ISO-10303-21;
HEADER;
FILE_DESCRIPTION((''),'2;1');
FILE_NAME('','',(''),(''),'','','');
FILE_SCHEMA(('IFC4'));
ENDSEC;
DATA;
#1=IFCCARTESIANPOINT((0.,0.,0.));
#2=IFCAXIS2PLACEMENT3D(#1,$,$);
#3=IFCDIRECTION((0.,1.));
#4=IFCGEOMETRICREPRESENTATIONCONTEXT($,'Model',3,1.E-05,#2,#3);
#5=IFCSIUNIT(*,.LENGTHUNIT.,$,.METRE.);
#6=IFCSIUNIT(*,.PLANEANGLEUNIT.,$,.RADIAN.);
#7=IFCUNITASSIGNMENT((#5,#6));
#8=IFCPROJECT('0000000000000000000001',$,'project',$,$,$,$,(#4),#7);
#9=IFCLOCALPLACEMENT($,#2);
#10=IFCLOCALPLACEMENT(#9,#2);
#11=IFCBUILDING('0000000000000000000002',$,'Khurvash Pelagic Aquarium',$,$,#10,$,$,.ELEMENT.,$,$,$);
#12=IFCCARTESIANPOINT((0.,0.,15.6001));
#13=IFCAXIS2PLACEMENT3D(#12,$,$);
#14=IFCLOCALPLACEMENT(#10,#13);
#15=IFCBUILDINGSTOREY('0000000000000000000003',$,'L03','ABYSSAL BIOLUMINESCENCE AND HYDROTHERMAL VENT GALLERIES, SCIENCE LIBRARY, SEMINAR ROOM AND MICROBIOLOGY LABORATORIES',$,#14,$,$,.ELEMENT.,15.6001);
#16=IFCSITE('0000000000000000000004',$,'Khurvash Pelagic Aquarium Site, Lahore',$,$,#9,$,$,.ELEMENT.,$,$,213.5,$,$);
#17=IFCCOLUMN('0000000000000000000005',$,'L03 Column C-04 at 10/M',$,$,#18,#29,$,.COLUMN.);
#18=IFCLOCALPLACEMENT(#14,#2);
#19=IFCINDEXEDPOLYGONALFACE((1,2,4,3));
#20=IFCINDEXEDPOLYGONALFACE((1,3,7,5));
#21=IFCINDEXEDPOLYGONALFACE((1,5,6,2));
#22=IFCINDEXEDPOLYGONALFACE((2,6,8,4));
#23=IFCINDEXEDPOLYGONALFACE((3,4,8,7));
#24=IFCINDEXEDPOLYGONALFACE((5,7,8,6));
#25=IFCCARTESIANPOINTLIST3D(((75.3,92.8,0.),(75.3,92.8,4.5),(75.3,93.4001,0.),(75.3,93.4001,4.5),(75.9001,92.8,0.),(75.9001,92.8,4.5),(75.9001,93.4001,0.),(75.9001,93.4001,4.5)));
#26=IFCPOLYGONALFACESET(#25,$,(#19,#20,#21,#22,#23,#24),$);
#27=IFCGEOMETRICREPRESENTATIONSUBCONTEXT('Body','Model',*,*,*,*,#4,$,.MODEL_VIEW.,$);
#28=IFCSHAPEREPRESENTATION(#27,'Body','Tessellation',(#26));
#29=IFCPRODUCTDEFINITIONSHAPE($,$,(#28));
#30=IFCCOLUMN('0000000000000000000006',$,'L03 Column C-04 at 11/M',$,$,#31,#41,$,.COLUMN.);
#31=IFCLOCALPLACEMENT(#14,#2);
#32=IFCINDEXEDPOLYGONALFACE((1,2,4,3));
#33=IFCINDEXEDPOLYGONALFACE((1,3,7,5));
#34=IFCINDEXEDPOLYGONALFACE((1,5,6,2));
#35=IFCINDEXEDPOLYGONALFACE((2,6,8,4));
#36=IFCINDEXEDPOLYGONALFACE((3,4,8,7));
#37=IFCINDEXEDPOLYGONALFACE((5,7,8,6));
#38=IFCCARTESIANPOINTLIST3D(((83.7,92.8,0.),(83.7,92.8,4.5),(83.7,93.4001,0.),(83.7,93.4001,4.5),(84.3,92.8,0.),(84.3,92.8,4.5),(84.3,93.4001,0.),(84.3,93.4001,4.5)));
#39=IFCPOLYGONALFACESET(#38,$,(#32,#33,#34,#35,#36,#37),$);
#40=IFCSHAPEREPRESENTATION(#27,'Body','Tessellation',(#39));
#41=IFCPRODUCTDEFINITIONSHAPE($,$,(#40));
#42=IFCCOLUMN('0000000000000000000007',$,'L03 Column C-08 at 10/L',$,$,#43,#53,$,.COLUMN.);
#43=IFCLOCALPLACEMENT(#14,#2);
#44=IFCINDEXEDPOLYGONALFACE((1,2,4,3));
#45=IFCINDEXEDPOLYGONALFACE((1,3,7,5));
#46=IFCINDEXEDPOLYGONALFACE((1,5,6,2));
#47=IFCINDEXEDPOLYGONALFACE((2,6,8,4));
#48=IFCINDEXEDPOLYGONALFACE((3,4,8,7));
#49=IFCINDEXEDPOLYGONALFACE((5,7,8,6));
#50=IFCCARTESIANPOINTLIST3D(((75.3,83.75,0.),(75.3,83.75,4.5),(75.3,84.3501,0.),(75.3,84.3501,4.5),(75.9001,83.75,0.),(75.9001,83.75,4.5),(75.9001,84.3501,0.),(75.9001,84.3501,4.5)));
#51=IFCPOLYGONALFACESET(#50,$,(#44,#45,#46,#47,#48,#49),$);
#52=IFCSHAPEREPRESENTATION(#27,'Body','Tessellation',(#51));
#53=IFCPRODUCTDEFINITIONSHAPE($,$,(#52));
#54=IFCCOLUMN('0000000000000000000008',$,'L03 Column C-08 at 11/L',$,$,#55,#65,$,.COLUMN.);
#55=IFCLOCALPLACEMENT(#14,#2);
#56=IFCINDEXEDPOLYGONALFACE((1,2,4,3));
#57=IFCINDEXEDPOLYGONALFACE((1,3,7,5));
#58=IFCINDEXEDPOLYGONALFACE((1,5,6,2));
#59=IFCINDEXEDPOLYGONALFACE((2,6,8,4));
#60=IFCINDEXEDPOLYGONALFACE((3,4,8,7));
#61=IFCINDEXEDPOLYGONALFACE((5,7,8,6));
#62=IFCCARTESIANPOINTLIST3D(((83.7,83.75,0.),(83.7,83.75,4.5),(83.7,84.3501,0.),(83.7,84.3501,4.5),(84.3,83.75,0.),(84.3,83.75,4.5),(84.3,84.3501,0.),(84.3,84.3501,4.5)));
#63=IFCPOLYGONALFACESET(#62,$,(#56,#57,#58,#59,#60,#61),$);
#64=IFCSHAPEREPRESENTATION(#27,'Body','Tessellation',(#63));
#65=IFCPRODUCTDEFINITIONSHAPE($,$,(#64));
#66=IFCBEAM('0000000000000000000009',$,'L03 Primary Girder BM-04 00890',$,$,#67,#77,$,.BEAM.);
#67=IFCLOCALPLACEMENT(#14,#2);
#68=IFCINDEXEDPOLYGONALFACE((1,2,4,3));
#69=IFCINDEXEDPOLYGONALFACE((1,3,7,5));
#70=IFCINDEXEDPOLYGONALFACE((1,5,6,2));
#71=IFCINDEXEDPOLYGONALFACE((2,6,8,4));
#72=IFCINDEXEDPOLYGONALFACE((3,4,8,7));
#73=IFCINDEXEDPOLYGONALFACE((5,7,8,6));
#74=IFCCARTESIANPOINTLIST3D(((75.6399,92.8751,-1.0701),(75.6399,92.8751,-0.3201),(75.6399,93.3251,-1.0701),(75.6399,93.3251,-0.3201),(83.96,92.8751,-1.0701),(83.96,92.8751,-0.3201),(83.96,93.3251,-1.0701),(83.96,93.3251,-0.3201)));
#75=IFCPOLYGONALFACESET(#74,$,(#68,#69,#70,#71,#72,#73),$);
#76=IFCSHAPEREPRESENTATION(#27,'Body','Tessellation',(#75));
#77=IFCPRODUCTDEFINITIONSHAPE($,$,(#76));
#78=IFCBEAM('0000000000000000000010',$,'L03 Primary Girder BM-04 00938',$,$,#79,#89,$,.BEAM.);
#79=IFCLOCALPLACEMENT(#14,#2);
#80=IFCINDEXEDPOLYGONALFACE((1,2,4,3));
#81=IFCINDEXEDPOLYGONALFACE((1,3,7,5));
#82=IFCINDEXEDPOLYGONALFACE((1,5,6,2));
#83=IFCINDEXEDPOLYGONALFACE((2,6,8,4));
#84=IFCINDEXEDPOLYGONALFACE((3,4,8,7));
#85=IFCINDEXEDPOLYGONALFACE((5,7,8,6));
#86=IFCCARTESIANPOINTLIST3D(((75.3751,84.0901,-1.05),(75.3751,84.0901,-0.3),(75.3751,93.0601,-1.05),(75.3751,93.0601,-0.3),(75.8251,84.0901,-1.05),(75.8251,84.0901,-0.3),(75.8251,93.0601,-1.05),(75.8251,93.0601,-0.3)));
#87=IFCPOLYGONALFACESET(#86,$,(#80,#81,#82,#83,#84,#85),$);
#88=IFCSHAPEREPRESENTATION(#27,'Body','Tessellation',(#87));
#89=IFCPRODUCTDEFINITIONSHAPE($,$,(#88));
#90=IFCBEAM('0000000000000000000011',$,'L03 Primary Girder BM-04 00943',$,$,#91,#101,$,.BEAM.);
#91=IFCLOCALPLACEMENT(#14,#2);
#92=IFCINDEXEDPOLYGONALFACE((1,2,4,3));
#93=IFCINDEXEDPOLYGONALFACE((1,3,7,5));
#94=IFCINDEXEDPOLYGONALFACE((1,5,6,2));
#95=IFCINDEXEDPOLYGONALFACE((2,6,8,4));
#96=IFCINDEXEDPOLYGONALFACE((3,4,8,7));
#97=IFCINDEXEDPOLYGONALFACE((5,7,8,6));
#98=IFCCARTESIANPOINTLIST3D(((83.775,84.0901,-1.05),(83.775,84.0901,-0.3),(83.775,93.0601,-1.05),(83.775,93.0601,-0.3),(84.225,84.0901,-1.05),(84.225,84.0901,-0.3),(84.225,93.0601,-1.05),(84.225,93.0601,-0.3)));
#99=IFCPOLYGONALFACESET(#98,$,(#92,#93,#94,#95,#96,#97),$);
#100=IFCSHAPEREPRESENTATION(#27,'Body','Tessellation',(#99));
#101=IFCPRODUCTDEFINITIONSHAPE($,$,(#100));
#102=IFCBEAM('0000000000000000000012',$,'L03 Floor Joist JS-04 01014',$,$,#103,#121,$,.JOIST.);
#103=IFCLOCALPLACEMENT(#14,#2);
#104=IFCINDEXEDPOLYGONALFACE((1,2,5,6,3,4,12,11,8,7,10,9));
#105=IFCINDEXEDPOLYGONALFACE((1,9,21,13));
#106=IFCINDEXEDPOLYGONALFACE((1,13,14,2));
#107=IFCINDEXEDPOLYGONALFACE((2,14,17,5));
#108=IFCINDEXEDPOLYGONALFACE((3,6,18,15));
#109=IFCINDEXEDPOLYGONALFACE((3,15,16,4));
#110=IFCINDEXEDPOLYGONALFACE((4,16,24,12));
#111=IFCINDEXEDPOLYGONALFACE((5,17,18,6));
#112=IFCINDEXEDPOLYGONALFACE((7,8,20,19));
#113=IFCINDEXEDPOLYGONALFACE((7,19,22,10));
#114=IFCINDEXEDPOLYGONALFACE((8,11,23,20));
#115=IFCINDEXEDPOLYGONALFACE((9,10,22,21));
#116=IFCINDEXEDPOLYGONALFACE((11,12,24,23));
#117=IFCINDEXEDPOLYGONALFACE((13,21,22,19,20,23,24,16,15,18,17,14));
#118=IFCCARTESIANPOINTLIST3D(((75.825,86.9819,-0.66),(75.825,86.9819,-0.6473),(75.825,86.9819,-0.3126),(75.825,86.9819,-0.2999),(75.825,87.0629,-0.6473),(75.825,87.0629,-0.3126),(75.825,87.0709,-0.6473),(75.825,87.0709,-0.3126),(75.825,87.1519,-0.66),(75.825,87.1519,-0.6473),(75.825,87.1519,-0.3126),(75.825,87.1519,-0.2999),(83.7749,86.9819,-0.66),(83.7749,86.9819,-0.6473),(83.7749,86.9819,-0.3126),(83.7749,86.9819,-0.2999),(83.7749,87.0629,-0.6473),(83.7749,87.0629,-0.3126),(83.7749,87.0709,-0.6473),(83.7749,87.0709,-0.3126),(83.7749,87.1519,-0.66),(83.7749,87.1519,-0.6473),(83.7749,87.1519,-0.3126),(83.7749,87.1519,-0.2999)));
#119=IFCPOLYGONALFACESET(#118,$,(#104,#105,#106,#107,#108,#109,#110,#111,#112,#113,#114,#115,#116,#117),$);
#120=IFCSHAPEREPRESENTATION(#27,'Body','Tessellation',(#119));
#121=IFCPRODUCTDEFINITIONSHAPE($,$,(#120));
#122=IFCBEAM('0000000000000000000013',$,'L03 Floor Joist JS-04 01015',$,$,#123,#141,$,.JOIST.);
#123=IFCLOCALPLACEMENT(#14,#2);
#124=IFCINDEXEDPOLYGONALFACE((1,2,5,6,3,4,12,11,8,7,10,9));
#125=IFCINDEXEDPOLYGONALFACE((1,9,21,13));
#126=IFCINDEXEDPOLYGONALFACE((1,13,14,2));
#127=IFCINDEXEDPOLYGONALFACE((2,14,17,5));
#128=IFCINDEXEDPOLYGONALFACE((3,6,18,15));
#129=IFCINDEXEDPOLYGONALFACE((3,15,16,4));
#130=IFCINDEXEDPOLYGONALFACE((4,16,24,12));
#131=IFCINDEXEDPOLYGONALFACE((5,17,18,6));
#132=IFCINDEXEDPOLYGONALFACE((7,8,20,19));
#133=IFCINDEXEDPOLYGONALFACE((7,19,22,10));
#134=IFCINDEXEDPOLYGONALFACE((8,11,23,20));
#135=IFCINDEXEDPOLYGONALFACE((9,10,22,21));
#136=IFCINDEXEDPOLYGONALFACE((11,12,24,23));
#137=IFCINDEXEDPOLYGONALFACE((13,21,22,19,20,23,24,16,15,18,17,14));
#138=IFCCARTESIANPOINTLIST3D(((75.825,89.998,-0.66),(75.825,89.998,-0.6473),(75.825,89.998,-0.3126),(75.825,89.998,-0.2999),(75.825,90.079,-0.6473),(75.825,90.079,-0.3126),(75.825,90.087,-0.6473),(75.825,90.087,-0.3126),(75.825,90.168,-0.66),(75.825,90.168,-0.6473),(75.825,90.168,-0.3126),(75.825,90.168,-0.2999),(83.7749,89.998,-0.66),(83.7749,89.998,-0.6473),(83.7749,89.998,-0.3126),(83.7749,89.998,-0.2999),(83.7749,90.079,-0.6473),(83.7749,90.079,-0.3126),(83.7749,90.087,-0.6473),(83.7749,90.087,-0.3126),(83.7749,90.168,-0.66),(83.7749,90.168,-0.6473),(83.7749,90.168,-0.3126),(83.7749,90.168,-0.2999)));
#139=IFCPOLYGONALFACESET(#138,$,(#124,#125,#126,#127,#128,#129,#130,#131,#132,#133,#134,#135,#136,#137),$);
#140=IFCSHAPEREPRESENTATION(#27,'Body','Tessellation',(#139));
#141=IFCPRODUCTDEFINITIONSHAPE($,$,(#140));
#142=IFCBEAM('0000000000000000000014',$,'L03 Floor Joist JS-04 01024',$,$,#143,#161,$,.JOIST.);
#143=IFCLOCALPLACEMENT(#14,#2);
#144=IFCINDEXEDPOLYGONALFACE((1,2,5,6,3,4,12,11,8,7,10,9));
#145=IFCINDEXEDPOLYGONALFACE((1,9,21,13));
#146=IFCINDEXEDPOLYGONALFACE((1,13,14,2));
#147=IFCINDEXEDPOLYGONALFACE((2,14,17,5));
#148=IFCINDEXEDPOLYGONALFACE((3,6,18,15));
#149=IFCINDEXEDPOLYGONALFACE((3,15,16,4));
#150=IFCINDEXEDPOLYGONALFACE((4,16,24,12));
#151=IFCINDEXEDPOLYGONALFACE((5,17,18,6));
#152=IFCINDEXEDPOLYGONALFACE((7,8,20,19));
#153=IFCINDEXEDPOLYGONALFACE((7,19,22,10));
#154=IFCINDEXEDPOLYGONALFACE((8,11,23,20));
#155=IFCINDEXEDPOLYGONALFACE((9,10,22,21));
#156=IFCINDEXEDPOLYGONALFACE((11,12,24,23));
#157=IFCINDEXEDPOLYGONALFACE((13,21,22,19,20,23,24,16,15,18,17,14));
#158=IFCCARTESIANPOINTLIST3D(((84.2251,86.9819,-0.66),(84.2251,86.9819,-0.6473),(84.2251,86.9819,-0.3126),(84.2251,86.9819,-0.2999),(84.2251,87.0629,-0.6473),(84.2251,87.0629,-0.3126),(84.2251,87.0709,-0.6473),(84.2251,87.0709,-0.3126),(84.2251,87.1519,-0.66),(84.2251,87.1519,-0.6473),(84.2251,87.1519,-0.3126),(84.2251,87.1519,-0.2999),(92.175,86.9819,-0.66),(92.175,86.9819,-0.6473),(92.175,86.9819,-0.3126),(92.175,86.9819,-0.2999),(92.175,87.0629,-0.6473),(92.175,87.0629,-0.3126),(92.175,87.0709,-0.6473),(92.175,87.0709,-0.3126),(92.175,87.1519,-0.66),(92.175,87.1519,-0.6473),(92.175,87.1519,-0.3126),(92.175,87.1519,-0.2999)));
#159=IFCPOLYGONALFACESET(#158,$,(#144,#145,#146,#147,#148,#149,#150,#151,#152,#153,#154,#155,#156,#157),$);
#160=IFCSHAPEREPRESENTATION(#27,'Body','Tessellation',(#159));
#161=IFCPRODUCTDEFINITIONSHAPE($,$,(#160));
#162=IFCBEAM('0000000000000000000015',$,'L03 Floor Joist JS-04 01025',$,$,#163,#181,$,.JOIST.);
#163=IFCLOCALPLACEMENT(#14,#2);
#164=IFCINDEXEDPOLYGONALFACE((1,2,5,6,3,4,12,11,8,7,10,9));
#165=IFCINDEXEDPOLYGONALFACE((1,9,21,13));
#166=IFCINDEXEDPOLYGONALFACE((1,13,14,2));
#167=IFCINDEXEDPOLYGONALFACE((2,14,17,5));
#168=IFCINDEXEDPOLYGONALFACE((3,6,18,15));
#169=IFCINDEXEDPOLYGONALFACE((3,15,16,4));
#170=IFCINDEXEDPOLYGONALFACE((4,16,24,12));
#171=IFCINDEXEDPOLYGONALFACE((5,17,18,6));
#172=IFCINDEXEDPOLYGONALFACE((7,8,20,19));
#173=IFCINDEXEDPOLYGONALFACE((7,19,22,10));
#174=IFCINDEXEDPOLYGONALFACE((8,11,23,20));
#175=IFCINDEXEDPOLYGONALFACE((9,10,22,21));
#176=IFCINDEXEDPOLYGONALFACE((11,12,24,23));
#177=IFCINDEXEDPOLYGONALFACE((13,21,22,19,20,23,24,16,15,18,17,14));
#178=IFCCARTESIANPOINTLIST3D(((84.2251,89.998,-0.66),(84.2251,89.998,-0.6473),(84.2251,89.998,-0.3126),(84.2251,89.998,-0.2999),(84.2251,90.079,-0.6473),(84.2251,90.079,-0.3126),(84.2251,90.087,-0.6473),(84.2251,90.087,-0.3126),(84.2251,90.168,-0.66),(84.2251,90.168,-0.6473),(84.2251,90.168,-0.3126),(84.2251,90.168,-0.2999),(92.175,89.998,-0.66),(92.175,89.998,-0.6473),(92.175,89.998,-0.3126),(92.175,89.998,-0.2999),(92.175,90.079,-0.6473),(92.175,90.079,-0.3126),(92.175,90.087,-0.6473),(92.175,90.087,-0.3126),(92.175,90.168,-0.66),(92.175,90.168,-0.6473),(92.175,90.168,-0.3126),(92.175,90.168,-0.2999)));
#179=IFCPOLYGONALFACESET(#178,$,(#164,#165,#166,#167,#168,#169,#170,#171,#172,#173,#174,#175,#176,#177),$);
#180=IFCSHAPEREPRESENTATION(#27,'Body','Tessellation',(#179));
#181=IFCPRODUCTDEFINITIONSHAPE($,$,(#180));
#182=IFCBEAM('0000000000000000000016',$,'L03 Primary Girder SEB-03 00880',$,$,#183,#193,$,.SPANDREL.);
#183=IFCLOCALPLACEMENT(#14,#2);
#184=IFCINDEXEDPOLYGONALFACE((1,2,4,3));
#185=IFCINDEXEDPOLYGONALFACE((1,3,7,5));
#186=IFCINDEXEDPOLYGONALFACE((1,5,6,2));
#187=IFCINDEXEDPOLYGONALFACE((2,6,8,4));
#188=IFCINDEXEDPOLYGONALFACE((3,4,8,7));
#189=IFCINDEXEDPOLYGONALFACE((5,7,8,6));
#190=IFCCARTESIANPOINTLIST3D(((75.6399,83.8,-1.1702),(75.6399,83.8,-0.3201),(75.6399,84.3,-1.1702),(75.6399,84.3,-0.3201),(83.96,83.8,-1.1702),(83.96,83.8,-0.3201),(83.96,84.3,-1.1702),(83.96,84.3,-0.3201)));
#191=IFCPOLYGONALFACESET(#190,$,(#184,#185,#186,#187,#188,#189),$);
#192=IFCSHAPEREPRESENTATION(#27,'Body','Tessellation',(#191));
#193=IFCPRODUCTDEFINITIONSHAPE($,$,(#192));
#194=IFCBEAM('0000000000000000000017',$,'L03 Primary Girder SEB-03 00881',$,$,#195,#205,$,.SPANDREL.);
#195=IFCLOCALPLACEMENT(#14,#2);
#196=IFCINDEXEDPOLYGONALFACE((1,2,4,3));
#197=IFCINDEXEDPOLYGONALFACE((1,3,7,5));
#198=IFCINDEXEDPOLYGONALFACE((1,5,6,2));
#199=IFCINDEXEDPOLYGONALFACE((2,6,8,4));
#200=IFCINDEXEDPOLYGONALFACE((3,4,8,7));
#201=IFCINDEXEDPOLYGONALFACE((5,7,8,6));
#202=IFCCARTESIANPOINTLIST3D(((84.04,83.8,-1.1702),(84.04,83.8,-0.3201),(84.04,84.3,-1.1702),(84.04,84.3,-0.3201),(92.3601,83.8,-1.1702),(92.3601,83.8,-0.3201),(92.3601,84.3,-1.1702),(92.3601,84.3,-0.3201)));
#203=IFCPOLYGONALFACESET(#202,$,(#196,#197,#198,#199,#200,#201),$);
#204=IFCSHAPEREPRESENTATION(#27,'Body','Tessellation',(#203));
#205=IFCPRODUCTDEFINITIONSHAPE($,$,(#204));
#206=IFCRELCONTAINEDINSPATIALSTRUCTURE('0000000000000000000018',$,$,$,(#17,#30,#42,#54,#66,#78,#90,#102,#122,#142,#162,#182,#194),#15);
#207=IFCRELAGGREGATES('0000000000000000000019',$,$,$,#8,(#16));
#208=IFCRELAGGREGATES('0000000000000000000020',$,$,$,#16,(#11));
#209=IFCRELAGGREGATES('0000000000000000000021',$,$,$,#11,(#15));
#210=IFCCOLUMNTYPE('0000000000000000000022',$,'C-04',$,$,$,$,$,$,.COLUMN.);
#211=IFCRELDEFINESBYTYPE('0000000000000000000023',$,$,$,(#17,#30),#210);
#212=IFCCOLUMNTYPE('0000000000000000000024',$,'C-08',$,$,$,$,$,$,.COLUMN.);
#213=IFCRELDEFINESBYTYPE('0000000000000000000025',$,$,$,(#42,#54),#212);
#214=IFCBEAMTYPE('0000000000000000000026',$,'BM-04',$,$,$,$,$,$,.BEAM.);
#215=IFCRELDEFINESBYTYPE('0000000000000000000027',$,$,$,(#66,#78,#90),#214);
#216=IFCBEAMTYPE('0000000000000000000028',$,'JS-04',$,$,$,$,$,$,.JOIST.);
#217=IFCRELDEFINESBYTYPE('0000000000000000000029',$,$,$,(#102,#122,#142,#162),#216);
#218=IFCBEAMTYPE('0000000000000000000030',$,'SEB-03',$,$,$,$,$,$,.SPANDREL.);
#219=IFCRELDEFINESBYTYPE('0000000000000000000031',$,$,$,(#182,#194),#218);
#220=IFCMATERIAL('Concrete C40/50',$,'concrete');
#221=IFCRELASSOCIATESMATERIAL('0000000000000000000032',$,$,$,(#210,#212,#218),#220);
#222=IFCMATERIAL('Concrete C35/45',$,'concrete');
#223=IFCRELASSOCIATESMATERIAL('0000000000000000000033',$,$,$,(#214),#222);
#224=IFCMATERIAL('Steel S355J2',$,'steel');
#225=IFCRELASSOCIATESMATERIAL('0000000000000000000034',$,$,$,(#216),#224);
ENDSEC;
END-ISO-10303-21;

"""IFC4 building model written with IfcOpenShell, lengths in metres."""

from ifc_helpers import new_model, si_unit, direction, frame, origin, origin_2d, place, context, subcontext, project, spatial, rectangle, i_section, extrude, material, material_profile, profile_set, type_object, element, save


model = new_model("IFC4")

# Units and contexts
model_context = context("Model", 3, precision=1e-05, world=origin(), true_north=direction((0.0, 1.0)))
body_context = subcontext(model_context, "Body", "Model", "MODEL_VIEW")
ifc_project = project(units=[si_unit("LENGTHUNIT", "METRE"), si_unit("PLANEANGLEUNIT", "RADIAN")], contexts=[model_context])

# Site, building, storey
site_placement = place(None, origin())
site = spatial("IfcSite", under=ifc_project, at=site_placement, Name="Khurvash Pelagic Aquarium Site, Lahore", CompositionType="ELEMENT", RefElevation=213.5)
building_placement = place(site_placement, origin())
building = spatial("IfcBuilding", under=site, at=building_placement, Name="Khurvash Pelagic Aquarium", CompositionType="ELEMENT")
storey_placement = place(building_placement, frame((0.0, 0.0, 15.6001)))
storey = spatial("IfcBuildingStorey", under=building, at=storey_placement, Name="L03", Description="ABYSSAL BIOLUMINESCENCE AND HYDROTHERMAL VENT GALLERIES, SCIENCE LIBRARY, SEMINAR ROOM AND MICROBIOLOGY LABORATORIES", CompositionType="ELEMENT", Elevation=15.6001)

# Columns
ifc_material_1 = material(Name="Concrete C40/50", Category="concrete")
ifc_material_profile_1 = material_profile(ifc_material_1, rectangle(XDim=0.6001, YDim=0.6001, at=origin_2d()), Name="RC600X600")
ifc_profile_set_1 = profile_set([ifc_material_profile_1], Name="Concrete C40/50")
column_type_1 = type_object("IfcColumnType", Name="C-04", PredefinedType="COLUMN", material=ifc_profile_set_1)
for number, where, z_axis, x_axis, name in (
    (1, (75.6001, 93.1001, 0.0), (0.0, 0.0, 1.0), (1.0, 0.0, 0.0), "L03 Column C-04 at 10/M"),
    (2, (84.0, 93.1001, 0.0), (0.0, 0.0, 1.0), (1.0, 0.0, 0.0), "L03 Column C-04 at 11/M"),
):
    element("IfcColumn", number, at=place(storey_placement, frame(where, z_axis=z_axis, x_axis=x_axis)), inside=storey, type_object=column_type_1, Name=name, PredefinedType="COLUMN", context=body_context, shape_type="SweptSolid", body=[
        extrude(rectangle(XDim=0.6001, YDim=0.6001, at=origin_2d()), origin(), (0.0, 0.0, 1.0), 4.5),
    ])
ifc_material_profile_2 = material_profile(ifc_material_1, rectangle(XDim=0.6001, YDim=0.6001, at=origin_2d()), Name="RC600X600")
ifc_profile_set_2 = profile_set([ifc_material_profile_2], Name="Concrete C40/50")
column_type_2 = type_object("IfcColumnType", Name="C-08", PredefinedType="COLUMN", material=ifc_profile_set_2)
for number, where, z_axis, x_axis, name in (
    (3, (75.6001, 84.05, 0.0), (0.0, 0.0, 1.0), (1.0, 0.0, 0.0), "L03 Column C-08 at 10/L"),
    (4, (84.0, 84.05, 0.0), (0.0, 0.0, 1.0), (1.0, 0.0, 0.0), "L03 Column C-08 at 11/L"),
):
    element("IfcColumn", number, at=place(storey_placement, frame(where, z_axis=z_axis, x_axis=x_axis)), inside=storey, type_object=column_type_2, Name=name, PredefinedType="COLUMN", context=body_context, shape_type="SweptSolid", body=[
        extrude(rectangle(XDim=0.6001, YDim=0.6001, at=origin_2d()), origin(), (0.0, 0.0, 1.0), 4.5),
    ])

# Beams
ifc_material_2 = material(Name="Concrete C35/45", Category="concrete")
ifc_material_profile_3 = material_profile(ifc_material_2, rectangle(XDim=0.45, YDim=0.75, at=origin_2d()), Name="RC450X750")
ifc_profile_set_3 = profile_set([ifc_material_profile_3], Name="Concrete C35/45")
beam_type_1 = type_object("IfcBeamType", Name="BM-04", PredefinedType="BEAM", material=ifc_profile_set_3)
beam_placement = place(storey_placement, frame((75.6399, 93.1001, -0.6951), z_axis=(1.0, 0.0, 0.0), x_axis=(0.0, 1.0, 0.0)))
element("IfcBeam", 5, at=beam_placement, inside=storey, type_object=beam_type_1, Name="L03 Primary Girder BM-04 00890", PredefinedType="BEAM", context=body_context, shape_type="SweptSolid", body=[
    extrude(rectangle(XDim=0.45, YDim=0.75, at=origin_2d()), origin(), (0.0, 0.0, 1.0), 8.3201),
])
for number, where, z_axis, x_axis, name in (
    (6, (75.6001, 84.0901, -0.675), (0.0, 1.0, 0.0), (-1.0, 0.0, 0.0), "L03 Primary Girder BM-04 00938"),
    (7, (84.0, 84.0901, -0.675), (0.0, 1.0, 0.0), (-1.0, 0.0, 0.0), "L03 Primary Girder BM-04 00943"),
):
    element("IfcBeam", number, at=place(storey_placement, frame(where, z_axis=z_axis, x_axis=x_axis)), inside=storey, type_object=beam_type_1, Name=name, PredefinedType="BEAM", context=body_context, shape_type="SweptSolid", body=[
        extrude(rectangle(XDim=0.45, YDim=0.75, at=origin_2d()), origin(), (0.0, 0.0, 1.0), 8.97),
    ])
ifc_material_3 = material(Name="Steel S355J2", Category="steel")
ifc_material_profile_4 = material_profile(ifc_material_3, i_section(OverallWidth=0.1699, OverallDepth=0.3601, WebThickness=0.0081, FlangeThickness=0.0127, at=origin_2d()), Name="IPE360")
ifc_profile_set_4 = profile_set([ifc_material_profile_4], Name="Steel S355J2")
beam_type_2 = type_object("IfcBeamType", Name="JS-04", PredefinedType="JOIST", material=ifc_profile_set_4)
for number, where, z_axis, x_axis, name in (
    (8, (75.825, 87.0669, -0.48), (1.0, 0.0, 0.0), (0.0, 1.0, 0.0), "L03 Floor Joist JS-04 01014"),
    (9, (75.825, 90.083, -0.48), (1.0, 0.0, 0.0), (0.0, 1.0, 0.0), "L03 Floor Joist JS-04 01015"),
    (10, (84.2251, 87.0669, -0.48), (1.0, 0.0, 0.0), (0.0, 1.0, 0.0), "L03 Floor Joist JS-04 01024"),
    (11, (84.2251, 90.083, -0.48), (1.0, 0.0, 0.0), (0.0, 1.0, 0.0), "L03 Floor Joist JS-04 01025"),
):
    element("IfcBeam", number, at=place(storey_placement, frame(where, z_axis=z_axis, x_axis=x_axis)), inside=storey, type_object=beam_type_2, Name=name, PredefinedType="JOIST", context=body_context, shape_type="SweptSolid", body=[
        extrude(i_section(OverallWidth=0.1699, OverallDepth=0.3601, WebThickness=0.0081, FlangeThickness=0.0127, at=origin_2d()), origin(), (0.0, 0.0, 1.0), 7.95),
    ])
ifc_material_profile_5 = material_profile(ifc_material_1, rectangle(XDim=0.5, YDim=0.8501, at=origin_2d()), Name="RC500X850")
ifc_profile_set_5 = profile_set([ifc_material_profile_5], Name="Concrete C40/50")
beam_type_3 = type_object("IfcBeamType", Name="SEB-03", PredefinedType="SPANDREL", material=ifc_profile_set_5)
for number, where, z_axis, x_axis, name in (
    (12, (75.6399, 84.05, -0.7451), (1.0, 0.0, 0.0), (0.0, 1.0, 0.0), "L03 Primary Girder SEB-03 00880"),
    (13, (84.04, 84.05, -0.7451), (1.0, 0.0, 0.0), (0.0, 1.0, 0.0), "L03 Primary Girder SEB-03 00881"),
):
    element("IfcBeam", number, at=place(storey_placement, frame(where, z_axis=z_axis, x_axis=x_axis)), inside=storey, type_object=beam_type_3, Name=name, PredefinedType="SPANDREL", context=body_context, shape_type="SweptSolid", body=[
        extrude(rectangle(XDim=0.5, YDim=0.8501, at=origin_2d()), origin(), (0.0, 0.0, 1.0), 8.3201),
    ])

save(model, "model.ifc")
